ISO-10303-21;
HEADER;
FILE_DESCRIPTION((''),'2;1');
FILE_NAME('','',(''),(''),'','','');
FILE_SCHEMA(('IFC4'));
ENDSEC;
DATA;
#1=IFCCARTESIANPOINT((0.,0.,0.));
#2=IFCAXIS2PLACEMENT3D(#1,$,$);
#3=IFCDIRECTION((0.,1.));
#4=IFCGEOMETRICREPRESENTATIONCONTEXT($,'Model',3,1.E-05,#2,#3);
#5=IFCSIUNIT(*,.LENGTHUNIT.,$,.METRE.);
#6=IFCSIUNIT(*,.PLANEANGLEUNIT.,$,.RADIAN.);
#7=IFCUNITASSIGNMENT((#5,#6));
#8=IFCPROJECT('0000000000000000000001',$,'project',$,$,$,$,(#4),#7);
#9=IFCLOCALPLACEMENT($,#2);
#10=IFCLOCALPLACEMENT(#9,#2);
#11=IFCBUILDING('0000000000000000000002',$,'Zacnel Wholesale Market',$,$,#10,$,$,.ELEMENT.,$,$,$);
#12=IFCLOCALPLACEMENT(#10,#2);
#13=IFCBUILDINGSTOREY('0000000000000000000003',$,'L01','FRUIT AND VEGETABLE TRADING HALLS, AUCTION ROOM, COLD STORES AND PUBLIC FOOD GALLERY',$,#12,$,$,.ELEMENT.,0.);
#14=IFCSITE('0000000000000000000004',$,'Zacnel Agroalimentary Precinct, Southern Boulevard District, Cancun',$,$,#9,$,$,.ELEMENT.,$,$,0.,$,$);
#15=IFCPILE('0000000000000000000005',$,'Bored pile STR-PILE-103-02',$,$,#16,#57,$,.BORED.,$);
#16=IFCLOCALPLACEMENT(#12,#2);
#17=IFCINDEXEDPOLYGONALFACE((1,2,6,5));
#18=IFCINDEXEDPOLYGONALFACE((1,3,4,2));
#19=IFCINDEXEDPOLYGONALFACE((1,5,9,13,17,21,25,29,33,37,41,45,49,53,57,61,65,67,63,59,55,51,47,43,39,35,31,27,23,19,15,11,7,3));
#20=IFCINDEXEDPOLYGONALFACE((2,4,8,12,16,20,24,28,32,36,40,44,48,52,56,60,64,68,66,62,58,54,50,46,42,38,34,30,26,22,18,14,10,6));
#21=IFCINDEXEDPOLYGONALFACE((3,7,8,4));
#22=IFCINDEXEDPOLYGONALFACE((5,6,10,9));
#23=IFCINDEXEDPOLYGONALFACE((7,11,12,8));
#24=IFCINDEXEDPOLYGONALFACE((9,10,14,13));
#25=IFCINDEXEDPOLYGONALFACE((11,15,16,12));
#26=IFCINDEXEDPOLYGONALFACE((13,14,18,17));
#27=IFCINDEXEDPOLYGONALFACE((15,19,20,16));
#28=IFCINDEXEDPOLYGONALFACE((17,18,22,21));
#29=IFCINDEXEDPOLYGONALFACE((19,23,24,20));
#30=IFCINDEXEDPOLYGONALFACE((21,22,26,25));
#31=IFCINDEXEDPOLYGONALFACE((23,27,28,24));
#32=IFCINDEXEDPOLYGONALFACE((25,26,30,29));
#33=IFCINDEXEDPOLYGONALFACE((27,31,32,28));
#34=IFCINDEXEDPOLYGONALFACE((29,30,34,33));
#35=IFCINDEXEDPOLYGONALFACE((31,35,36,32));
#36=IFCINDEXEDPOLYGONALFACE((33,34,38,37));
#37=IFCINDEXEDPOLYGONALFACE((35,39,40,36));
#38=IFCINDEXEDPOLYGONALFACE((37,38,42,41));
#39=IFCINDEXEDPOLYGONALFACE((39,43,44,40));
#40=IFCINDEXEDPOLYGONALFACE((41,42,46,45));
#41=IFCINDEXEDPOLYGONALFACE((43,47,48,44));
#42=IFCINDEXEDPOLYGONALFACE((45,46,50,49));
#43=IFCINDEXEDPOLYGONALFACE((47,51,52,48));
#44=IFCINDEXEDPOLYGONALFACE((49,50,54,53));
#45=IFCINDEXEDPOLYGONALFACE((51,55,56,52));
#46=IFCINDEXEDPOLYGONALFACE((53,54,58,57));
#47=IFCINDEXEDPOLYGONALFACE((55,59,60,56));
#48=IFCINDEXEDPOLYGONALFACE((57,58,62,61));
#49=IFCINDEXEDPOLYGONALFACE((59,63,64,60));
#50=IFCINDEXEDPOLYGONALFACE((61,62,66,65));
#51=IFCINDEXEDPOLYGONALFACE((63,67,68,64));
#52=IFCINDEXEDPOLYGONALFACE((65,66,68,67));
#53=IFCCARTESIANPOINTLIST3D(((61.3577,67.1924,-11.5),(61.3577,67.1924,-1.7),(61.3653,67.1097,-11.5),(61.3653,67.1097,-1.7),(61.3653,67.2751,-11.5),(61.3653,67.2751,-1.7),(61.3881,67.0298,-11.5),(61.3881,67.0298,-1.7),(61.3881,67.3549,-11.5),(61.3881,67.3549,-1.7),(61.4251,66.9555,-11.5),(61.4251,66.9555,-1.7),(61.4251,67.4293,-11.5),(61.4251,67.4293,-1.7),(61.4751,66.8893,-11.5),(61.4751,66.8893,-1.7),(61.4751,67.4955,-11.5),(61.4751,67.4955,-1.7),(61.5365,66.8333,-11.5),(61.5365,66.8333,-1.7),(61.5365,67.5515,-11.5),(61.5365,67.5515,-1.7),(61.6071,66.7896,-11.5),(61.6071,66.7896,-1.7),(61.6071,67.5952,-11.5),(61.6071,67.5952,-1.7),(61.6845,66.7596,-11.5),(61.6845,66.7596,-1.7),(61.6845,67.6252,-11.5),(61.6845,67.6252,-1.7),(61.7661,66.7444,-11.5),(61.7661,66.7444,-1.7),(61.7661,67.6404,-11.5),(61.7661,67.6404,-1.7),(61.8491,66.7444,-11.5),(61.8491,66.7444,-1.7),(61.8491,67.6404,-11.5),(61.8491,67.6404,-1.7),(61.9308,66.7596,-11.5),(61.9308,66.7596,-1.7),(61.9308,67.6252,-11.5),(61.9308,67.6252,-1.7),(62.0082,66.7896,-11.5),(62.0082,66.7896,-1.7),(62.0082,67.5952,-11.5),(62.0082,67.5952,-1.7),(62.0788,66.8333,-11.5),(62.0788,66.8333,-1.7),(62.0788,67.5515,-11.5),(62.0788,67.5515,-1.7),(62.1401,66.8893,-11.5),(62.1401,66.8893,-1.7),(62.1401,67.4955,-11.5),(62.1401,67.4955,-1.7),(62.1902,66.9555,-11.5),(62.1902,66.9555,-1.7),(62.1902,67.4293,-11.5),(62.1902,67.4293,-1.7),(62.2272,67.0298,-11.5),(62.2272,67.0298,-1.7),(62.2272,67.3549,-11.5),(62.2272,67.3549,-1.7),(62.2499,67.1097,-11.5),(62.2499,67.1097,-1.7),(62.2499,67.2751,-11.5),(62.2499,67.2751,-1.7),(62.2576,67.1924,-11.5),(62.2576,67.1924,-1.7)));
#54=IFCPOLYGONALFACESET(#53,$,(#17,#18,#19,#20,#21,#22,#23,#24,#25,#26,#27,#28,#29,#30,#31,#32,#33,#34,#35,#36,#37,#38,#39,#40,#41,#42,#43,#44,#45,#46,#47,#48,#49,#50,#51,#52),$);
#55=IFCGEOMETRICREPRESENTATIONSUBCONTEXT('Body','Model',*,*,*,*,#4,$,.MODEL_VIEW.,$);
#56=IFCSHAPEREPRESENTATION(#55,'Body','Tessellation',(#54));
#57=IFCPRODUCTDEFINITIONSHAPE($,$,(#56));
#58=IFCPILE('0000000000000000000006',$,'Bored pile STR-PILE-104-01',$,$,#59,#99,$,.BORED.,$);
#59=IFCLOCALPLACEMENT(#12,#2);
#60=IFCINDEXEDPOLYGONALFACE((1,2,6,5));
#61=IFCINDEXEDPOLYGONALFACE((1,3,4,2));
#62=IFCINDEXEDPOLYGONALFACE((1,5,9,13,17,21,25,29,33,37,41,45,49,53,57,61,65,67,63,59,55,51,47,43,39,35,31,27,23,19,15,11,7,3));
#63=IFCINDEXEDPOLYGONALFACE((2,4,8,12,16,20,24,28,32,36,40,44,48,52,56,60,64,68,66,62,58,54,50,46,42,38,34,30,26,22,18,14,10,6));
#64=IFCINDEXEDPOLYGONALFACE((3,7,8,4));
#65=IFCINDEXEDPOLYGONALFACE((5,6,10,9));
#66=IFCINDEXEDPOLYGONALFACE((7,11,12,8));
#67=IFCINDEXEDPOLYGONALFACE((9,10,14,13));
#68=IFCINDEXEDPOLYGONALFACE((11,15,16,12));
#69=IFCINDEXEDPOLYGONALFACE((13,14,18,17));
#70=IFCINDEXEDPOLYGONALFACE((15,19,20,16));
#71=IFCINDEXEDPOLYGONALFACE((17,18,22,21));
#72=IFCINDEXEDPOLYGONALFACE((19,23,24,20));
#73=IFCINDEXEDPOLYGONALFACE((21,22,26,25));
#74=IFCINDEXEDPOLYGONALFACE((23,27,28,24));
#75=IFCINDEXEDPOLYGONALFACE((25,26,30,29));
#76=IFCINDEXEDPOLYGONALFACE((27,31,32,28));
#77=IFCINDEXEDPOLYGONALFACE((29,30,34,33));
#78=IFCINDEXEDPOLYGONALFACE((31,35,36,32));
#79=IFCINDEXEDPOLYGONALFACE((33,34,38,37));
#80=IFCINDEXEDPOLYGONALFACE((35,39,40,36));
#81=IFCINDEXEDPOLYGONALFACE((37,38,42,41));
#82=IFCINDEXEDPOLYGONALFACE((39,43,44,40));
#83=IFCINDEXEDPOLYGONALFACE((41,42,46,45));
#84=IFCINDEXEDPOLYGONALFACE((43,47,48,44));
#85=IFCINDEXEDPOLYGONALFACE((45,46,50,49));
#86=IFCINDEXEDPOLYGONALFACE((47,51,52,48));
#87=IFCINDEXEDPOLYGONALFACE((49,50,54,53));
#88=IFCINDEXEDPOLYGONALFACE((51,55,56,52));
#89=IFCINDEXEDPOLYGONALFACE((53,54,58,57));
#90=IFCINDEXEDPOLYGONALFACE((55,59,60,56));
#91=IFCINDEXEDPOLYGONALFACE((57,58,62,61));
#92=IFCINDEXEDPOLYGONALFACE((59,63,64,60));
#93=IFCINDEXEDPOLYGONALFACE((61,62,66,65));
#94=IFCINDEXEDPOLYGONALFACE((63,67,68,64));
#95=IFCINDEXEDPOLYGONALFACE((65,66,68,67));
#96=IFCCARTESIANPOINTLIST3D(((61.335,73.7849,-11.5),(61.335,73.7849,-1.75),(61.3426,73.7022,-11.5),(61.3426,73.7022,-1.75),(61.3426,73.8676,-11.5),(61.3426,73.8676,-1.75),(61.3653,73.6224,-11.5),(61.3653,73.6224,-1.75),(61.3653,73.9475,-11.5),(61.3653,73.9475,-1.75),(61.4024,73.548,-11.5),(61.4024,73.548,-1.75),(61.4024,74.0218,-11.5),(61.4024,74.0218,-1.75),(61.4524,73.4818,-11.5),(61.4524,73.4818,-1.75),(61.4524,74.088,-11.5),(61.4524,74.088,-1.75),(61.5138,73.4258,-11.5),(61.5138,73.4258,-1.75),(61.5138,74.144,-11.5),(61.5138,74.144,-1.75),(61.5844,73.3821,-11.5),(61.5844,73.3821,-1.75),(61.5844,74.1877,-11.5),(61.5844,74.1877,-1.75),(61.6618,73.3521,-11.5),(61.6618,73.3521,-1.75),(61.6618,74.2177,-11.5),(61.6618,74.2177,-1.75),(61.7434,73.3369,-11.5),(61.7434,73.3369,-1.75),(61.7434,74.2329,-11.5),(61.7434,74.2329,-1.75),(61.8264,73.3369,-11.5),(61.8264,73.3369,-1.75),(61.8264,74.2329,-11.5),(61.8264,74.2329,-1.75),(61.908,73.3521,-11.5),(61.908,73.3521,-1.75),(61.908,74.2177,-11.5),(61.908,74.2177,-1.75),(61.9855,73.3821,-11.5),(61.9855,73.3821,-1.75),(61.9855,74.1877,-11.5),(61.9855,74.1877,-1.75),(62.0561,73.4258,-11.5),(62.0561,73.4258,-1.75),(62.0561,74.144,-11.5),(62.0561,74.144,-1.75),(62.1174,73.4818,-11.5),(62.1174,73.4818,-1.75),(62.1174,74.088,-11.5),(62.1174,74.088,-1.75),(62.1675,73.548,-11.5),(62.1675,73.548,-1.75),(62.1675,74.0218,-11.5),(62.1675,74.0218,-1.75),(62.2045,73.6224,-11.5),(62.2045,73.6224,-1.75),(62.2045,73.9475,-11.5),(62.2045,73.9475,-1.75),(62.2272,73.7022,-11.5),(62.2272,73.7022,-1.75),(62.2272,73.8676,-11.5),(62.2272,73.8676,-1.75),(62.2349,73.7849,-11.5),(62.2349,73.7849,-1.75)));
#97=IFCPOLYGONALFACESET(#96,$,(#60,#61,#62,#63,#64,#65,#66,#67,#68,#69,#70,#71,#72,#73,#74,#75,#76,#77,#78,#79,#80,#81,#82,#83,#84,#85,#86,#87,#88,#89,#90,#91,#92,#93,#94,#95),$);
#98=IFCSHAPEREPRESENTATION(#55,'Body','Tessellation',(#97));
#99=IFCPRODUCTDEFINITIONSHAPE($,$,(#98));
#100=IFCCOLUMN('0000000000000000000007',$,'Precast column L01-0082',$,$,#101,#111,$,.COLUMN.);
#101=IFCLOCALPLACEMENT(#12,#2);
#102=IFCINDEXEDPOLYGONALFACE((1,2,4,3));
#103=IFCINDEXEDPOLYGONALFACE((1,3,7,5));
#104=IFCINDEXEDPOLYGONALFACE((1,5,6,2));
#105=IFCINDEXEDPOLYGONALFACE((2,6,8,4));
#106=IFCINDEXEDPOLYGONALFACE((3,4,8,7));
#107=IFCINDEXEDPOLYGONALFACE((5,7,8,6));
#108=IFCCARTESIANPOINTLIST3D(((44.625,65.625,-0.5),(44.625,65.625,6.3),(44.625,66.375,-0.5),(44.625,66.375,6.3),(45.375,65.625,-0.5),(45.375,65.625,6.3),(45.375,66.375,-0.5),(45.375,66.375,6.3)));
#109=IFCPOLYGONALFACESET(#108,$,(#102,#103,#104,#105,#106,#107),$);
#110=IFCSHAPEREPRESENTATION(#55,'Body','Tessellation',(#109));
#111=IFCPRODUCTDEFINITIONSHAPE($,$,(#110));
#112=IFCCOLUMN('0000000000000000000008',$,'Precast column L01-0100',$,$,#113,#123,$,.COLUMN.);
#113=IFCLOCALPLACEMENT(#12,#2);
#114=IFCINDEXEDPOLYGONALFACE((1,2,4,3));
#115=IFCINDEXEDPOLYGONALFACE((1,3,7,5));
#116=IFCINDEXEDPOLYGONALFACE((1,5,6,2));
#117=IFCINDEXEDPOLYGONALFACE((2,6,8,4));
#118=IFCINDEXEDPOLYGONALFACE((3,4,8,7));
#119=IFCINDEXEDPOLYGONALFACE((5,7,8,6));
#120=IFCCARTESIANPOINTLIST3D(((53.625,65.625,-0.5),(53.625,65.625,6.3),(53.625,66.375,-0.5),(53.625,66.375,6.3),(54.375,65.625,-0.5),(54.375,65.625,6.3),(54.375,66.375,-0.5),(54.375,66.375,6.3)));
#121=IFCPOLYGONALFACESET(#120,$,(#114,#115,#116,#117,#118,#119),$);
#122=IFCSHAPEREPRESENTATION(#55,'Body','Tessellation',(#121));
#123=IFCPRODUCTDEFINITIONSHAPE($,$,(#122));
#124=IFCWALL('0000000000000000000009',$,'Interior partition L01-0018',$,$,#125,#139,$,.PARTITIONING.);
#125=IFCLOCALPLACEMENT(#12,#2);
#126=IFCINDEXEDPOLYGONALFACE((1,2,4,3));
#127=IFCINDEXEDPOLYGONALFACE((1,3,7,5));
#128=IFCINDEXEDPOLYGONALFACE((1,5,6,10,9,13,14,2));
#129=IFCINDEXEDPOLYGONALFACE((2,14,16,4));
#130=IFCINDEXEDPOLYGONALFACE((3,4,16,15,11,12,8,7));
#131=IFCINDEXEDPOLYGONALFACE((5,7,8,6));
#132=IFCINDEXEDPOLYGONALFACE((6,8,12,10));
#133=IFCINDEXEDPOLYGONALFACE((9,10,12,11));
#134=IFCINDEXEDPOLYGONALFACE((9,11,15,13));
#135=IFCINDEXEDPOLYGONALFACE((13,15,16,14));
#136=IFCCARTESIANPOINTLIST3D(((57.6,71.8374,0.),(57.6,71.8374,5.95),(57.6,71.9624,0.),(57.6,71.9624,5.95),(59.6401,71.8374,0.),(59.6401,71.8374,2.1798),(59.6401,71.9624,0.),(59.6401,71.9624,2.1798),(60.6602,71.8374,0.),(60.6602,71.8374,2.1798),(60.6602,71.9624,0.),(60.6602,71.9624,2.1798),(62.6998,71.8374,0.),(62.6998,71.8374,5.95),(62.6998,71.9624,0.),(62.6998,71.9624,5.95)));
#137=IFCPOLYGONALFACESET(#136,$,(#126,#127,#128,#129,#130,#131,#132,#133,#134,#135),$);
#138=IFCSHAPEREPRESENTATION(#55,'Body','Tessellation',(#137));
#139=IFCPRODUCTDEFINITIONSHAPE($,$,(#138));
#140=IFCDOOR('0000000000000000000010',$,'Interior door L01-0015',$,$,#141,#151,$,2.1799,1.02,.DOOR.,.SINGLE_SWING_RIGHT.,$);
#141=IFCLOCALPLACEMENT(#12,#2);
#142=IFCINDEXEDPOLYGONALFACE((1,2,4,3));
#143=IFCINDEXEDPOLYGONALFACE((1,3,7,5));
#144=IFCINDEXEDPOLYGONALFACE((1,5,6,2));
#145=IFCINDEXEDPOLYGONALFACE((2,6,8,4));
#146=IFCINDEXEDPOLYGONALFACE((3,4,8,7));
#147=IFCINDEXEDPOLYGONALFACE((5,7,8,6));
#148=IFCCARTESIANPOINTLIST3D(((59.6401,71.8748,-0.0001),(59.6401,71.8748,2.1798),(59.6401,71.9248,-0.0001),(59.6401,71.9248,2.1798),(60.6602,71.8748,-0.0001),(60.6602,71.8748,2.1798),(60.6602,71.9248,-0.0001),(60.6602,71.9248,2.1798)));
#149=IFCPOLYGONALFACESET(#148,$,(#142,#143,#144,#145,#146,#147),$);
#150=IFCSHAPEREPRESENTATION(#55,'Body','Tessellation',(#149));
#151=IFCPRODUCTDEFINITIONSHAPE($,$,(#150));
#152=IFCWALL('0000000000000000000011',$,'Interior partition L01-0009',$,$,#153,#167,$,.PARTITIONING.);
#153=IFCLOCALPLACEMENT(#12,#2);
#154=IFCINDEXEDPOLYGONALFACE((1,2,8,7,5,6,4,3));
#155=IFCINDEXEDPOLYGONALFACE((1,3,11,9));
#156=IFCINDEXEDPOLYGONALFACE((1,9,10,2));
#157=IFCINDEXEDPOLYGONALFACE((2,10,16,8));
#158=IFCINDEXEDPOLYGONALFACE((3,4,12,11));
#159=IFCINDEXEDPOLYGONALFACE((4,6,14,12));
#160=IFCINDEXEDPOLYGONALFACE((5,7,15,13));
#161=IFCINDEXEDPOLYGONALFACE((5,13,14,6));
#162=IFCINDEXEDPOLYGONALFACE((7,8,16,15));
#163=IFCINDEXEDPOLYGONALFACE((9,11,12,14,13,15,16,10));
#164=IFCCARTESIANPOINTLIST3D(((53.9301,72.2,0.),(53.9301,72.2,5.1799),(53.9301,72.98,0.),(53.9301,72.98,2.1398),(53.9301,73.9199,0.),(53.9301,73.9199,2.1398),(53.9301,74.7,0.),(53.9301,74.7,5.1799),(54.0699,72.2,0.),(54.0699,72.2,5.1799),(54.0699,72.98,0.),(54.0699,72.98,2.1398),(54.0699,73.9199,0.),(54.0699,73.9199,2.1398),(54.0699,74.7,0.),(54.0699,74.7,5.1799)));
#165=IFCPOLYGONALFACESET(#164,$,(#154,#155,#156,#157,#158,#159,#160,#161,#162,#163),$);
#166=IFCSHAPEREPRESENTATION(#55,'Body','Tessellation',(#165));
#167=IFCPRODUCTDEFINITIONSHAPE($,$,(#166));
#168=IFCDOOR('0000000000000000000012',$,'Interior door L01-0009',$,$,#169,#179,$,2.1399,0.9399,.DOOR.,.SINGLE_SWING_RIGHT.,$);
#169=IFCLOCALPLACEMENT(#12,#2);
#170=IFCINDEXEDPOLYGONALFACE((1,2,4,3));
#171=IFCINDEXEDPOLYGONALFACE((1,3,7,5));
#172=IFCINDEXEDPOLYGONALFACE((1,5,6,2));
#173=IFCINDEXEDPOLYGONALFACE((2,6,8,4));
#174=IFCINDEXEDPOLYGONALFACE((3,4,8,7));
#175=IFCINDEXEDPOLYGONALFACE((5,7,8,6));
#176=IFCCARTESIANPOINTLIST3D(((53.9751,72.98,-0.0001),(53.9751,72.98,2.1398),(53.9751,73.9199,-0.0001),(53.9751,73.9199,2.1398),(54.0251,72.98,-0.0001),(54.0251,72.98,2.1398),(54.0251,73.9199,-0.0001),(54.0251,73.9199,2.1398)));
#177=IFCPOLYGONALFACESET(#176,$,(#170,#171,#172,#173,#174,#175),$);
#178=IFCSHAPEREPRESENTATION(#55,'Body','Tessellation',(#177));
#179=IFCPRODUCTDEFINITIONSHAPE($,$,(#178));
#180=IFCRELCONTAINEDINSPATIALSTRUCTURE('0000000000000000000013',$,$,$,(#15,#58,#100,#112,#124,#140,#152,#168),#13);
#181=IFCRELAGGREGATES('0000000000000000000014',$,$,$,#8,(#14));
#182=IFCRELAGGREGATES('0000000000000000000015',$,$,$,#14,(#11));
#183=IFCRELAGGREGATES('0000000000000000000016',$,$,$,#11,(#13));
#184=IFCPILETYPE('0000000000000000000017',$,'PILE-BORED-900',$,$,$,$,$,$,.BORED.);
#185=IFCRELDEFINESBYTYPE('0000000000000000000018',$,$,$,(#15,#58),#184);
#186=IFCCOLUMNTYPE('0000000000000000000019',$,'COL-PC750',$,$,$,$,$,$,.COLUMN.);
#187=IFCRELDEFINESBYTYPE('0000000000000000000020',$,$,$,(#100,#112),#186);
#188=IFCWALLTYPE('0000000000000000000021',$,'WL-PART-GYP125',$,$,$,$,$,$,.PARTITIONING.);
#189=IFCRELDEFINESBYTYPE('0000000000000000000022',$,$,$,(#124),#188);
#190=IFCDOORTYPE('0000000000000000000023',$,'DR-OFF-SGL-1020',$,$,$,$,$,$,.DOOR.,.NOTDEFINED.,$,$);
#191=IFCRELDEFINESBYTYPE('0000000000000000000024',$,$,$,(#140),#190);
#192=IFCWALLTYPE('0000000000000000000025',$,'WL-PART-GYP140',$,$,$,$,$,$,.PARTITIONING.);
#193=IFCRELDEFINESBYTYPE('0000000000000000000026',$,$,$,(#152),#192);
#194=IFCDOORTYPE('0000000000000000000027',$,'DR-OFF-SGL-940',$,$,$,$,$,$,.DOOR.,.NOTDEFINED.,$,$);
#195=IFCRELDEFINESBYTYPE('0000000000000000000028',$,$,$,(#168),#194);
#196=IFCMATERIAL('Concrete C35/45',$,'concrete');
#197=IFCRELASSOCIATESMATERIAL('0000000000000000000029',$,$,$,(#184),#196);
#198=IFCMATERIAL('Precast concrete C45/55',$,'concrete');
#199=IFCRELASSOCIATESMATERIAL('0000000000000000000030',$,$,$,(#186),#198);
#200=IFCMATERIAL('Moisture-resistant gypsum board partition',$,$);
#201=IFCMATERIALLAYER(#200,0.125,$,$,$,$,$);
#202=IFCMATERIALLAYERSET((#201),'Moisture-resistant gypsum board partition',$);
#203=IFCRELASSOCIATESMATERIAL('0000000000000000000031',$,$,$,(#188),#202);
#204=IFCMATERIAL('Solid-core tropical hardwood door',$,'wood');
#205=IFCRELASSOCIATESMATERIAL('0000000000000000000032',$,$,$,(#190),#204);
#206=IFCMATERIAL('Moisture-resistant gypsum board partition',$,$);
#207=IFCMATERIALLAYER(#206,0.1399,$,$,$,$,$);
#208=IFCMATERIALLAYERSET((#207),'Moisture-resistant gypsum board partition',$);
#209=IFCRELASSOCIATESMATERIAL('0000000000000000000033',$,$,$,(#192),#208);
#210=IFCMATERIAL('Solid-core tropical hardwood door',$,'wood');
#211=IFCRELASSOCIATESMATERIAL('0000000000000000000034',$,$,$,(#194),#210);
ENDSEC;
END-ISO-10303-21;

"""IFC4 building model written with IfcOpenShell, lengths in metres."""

from ifc_helpers import new_model, si_unit, direction, frame, frame_2d, origin, origin_2d, place, context, subcontext, project, spatial, rectangle, circle, extrude, material, layer, layer_set, material_profile, profile_set, type_object, element, fill, save


model = new_model("IFC4")

# Units and contexts
model_context = context("Model", 3, precision=1e-05, world=origin(), true_north=direction((0.0, 1.0)))
body_context = subcontext(model_context, "Body", "Model", "MODEL_VIEW")
ifc_project = project(units=[si_unit("LENGTHUNIT", "METRE"), si_unit("PLANEANGLEUNIT", "RADIAN")], contexts=[model_context])

# Site, building, storey
site_placement = place(None, origin())
site = spatial("IfcSite", under=ifc_project, at=site_placement, Name="Zacnel Agroalimentary Precinct, Southern Boulevard District, Cancun", CompositionType="ELEMENT", RefElevation=0.0)
building_placement = place(site_placement, origin())
building = spatial("IfcBuilding", under=site, at=building_placement, Name="Zacnel Wholesale Market", CompositionType="ELEMENT")
storey_placement = place(building_placement, origin())
storey = spatial("IfcBuildingStorey", under=building, at=storey_placement, Name="L01", Description="FRUIT AND VEGETABLE TRADING HALLS, AUCTION ROOM, COLD STORES AND PUBLIC FOOD GALLERY", CompositionType="ELEMENT", Elevation=0.0)

# Piles
ifc_material_1 = material(Name="Concrete C35/45", Category="concrete")
ifc_material_profile_1 = material_profile(ifc_material_1, circle(Radius=0.45, at=origin_2d()), Name="BORED PILE D900")
ifc_profile_set_1 = profile_set([ifc_material_profile_1], Name="Concrete C35/45")
pile_type = type_object("IfcPileType", Name="PILE-BORED-900", PredefinedType="BORED", material=ifc_profile_set_1)
for number, where, z_axis, x_axis, name in (
    (1, (61.8076, 67.1924, -1.7), (0.0, 0.0, -1.0), (1.0, 0.0, 0.0), "Bored pile STR-PILE-103-02"),
):
    element("IfcPile", number, at=place(storey_placement, frame(where, z_axis=z_axis, x_axis=x_axis)), inside=storey, type_object=pile_type, Name=name, PredefinedType="BORED", context=body_context, shape_type="SweptSolid", body=[
        extrude(circle(Radius=0.45, at=origin_2d()), origin(), (0.0, 0.0, 1.0), 9.8),
    ])
pile_placement = place(storey_placement, frame((61.7849, 73.7849, -1.75), z_axis=(0.0, 0.0, -1.0), x_axis=(1.0, 0.0, 0.0)))
element("IfcPile", 2, at=pile_placement, inside=storey, type_object=pile_type, Name="Bored pile STR-PILE-104-01", PredefinedType="BORED", context=body_context, shape_type="SweptSolid", body=[
    extrude(circle(Radius=0.45, at=origin_2d()), origin(), (0.0, 0.0, 1.0), 9.75),
])

# Columns
ifc_material_2 = material(Name="Precast concrete C45/55", Category="concrete")
ifc_material_profile_2 = material_profile(ifc_material_2, rectangle(XDim=0.75, YDim=0.75, at=origin_2d()), Name="PC 750x750")
ifc_profile_set_2 = profile_set([ifc_material_profile_2], Name="Precast concrete C45/55")
column_type = type_object("IfcColumnType", Name="COL-PC750", PredefinedType="COLUMN", material=ifc_profile_set_2)
for number, where, z_axis, x_axis, name in (
    (3, (45.0, 66.0, -0.5), (0.0, 0.0, 1.0), (1.0, 0.0, 0.0), "Precast column L01-0082"),
    (4, (54.0, 66.0, -0.5), (0.0, 0.0, 1.0), (1.0, 0.0, 0.0), "Precast column L01-0100"),
):
    element("IfcColumn", number, at=place(storey_placement, frame(where, z_axis=z_axis, x_axis=x_axis)), inside=storey, type_object=column_type, Name=name, PredefinedType="COLUMN", context=body_context, shape_type="SweptSolid", body=[
        extrude(rectangle(XDim=0.75, YDim=0.75, at=origin_2d()), origin(), (0.0, 0.0, 1.0), 6.8),
    ])

# Walls, openings, doors
ifc_material_3 = material(Name="Moisture-resistant gypsum board partition")
ifc_layer_1 = layer(ifc_material_3, 0.125)
ifc_layer_set_1 = layer_set([ifc_layer_1], Name="Moisture-resistant gypsum board partition")
wall_type_1 = type_object("IfcWallType", Name="WL-PART-GYP125", PredefinedType="PARTITIONING", material=ifc_layer_set_1)
wall_1_placement = place(storey_placement, frame((57.6001, 71.8999, 0.0), z_axis=(0.0, 0.0, 1.0), x_axis=(1.0, 0.0, 0.0)))
wall_1 = element("IfcWall", 5, at=wall_1_placement, inside=storey, type_object=wall_type_1, Name="Interior partition L01-0018", PredefinedType="PARTITIONING", context=body_context, shape_type="SweptSolid", body=[
    extrude(rectangle(XDim=5.0999, YDim=0.125, at=frame_2d((2.5498, 0.0))), origin(), (0.0, 0.0, 1.0), 5.95),
])
opening_1_placement = place(wall_1_placement, frame((2.04, 0.0, 0.0)))
opening_1 = element("IfcOpeningElement", 6, at=opening_1_placement, cuts=wall_1, PredefinedType="OPENING", context=body_context, shape_type="SweptSolid", body=[
    extrude(rectangle(XDim=1.02, YDim=2.1799, at=frame_2d((0.51, 1.0898))), frame((0.0, 0.0725, 0.0), z_axis=(0.0, -1.0, 0.0), x_axis=(1.0, 0.0, 0.0)), (0.0, 0.0, 1.0), 0.145),
])
ifc_material_4 = material(Name="Solid-core tropical hardwood door", Category="wood")
door_type_1 = type_object("IfcDoorType", Name="DR-OFF-SGL-1020", OperationType="NOTDEFINED", PredefinedType="DOOR", material=ifc_material_4)
door_1_placement = place(opening_1_placement, origin())
door_1 = element("IfcDoor", 7, at=door_1_placement, inside=storey, type_object=door_type_1, Name="Interior door L01-0015", OperationType="SINGLE_SWING_RIGHT", OverallHeight=2.1799, OverallWidth=1.02, PredefinedType="DOOR", context=body_context, shape_type="SweptSolid", body=[
    extrude(rectangle(XDim=1.02, YDim=2.1799, at=frame_2d((0.51, 1.0898))), frame((0.0, 0.0249, 0.0), z_axis=(0.0, -1.0, 0.0), x_axis=(1.0, 0.0, 0.0)), (0.0, 0.0, 1.0), 0.05),
])
fill(opening_1, door_1)
ifc_material_5 = material(Name="Moisture-resistant gypsum board partition")
ifc_layer_2 = layer(ifc_material_5, 0.1399)
ifc_layer_set_2 = layer_set([ifc_layer_2], Name="Moisture-resistant gypsum board partition")
wall_type_2 = type_object("IfcWallType", Name="WL-PART-GYP140", PredefinedType="PARTITIONING", material=ifc_layer_set_2)
wall_2_placement = place(storey_placement, frame((54.0, 72.2, 0.0), z_axis=(0.0, 0.0, 1.0), x_axis=(0.0, 1.0, 0.0)))
wall_2 = element("IfcWall", 8, at=wall_2_placement, inside=storey, type_object=wall_type_2, Name="Interior partition L01-0009", PredefinedType="PARTITIONING", context=body_context, shape_type="SweptSolid", body=[
    extrude(rectangle(XDim=2.5, YDim=0.1399, at=frame_2d((1.25, 0.0))), origin(), (0.0, 0.0, 1.0), 5.1799),
])
opening_2_placement = place(wall_2_placement, frame((0.78, 0.0, 0.0)))
opening_2 = element("IfcOpeningElement", 9, at=opening_2_placement, cuts=wall_2, PredefinedType="OPENING", context=body_context, shape_type="SweptSolid", body=[
    extrude(rectangle(XDim=0.9399, YDim=2.1399, at=frame_2d((0.47, 1.0698))), frame((0.0, 0.0798, 0.0), z_axis=(0.0, -1.0, 0.0), x_axis=(1.0, 0.0, 0.0)), (0.0, 0.0, 1.0), 0.1599),
])
ifc_material_6 = material(Name="Solid-core tropical hardwood door", Category="wood")
door_type_2 = type_object("IfcDoorType", Name="DR-OFF-SGL-940", OperationType="NOTDEFINED", PredefinedType="DOOR", material=ifc_material_6)
door_2_placement = place(opening_2_placement, origin())
door_2 = element("IfcDoor", 10, at=door_2_placement, inside=storey, type_object=door_type_2, Name="Interior door L01-0009", OperationType="SINGLE_SWING_RIGHT", OverallHeight=2.1399, OverallWidth=0.9399, PredefinedType="DOOR", context=body_context, shape_type="SweptSolid", body=[
    extrude(rectangle(XDim=0.9399, YDim=2.1399, at=frame_2d((0.47, 1.0698))), frame((0.0, 0.0249, 0.0), z_axis=(0.0, -1.0, 0.0), x_axis=(1.0, 0.0, 0.0)), (0.0, 0.0, 1.0), 0.05),
])
fill(opening_2, door_2)

save(model, "model.ifc")
